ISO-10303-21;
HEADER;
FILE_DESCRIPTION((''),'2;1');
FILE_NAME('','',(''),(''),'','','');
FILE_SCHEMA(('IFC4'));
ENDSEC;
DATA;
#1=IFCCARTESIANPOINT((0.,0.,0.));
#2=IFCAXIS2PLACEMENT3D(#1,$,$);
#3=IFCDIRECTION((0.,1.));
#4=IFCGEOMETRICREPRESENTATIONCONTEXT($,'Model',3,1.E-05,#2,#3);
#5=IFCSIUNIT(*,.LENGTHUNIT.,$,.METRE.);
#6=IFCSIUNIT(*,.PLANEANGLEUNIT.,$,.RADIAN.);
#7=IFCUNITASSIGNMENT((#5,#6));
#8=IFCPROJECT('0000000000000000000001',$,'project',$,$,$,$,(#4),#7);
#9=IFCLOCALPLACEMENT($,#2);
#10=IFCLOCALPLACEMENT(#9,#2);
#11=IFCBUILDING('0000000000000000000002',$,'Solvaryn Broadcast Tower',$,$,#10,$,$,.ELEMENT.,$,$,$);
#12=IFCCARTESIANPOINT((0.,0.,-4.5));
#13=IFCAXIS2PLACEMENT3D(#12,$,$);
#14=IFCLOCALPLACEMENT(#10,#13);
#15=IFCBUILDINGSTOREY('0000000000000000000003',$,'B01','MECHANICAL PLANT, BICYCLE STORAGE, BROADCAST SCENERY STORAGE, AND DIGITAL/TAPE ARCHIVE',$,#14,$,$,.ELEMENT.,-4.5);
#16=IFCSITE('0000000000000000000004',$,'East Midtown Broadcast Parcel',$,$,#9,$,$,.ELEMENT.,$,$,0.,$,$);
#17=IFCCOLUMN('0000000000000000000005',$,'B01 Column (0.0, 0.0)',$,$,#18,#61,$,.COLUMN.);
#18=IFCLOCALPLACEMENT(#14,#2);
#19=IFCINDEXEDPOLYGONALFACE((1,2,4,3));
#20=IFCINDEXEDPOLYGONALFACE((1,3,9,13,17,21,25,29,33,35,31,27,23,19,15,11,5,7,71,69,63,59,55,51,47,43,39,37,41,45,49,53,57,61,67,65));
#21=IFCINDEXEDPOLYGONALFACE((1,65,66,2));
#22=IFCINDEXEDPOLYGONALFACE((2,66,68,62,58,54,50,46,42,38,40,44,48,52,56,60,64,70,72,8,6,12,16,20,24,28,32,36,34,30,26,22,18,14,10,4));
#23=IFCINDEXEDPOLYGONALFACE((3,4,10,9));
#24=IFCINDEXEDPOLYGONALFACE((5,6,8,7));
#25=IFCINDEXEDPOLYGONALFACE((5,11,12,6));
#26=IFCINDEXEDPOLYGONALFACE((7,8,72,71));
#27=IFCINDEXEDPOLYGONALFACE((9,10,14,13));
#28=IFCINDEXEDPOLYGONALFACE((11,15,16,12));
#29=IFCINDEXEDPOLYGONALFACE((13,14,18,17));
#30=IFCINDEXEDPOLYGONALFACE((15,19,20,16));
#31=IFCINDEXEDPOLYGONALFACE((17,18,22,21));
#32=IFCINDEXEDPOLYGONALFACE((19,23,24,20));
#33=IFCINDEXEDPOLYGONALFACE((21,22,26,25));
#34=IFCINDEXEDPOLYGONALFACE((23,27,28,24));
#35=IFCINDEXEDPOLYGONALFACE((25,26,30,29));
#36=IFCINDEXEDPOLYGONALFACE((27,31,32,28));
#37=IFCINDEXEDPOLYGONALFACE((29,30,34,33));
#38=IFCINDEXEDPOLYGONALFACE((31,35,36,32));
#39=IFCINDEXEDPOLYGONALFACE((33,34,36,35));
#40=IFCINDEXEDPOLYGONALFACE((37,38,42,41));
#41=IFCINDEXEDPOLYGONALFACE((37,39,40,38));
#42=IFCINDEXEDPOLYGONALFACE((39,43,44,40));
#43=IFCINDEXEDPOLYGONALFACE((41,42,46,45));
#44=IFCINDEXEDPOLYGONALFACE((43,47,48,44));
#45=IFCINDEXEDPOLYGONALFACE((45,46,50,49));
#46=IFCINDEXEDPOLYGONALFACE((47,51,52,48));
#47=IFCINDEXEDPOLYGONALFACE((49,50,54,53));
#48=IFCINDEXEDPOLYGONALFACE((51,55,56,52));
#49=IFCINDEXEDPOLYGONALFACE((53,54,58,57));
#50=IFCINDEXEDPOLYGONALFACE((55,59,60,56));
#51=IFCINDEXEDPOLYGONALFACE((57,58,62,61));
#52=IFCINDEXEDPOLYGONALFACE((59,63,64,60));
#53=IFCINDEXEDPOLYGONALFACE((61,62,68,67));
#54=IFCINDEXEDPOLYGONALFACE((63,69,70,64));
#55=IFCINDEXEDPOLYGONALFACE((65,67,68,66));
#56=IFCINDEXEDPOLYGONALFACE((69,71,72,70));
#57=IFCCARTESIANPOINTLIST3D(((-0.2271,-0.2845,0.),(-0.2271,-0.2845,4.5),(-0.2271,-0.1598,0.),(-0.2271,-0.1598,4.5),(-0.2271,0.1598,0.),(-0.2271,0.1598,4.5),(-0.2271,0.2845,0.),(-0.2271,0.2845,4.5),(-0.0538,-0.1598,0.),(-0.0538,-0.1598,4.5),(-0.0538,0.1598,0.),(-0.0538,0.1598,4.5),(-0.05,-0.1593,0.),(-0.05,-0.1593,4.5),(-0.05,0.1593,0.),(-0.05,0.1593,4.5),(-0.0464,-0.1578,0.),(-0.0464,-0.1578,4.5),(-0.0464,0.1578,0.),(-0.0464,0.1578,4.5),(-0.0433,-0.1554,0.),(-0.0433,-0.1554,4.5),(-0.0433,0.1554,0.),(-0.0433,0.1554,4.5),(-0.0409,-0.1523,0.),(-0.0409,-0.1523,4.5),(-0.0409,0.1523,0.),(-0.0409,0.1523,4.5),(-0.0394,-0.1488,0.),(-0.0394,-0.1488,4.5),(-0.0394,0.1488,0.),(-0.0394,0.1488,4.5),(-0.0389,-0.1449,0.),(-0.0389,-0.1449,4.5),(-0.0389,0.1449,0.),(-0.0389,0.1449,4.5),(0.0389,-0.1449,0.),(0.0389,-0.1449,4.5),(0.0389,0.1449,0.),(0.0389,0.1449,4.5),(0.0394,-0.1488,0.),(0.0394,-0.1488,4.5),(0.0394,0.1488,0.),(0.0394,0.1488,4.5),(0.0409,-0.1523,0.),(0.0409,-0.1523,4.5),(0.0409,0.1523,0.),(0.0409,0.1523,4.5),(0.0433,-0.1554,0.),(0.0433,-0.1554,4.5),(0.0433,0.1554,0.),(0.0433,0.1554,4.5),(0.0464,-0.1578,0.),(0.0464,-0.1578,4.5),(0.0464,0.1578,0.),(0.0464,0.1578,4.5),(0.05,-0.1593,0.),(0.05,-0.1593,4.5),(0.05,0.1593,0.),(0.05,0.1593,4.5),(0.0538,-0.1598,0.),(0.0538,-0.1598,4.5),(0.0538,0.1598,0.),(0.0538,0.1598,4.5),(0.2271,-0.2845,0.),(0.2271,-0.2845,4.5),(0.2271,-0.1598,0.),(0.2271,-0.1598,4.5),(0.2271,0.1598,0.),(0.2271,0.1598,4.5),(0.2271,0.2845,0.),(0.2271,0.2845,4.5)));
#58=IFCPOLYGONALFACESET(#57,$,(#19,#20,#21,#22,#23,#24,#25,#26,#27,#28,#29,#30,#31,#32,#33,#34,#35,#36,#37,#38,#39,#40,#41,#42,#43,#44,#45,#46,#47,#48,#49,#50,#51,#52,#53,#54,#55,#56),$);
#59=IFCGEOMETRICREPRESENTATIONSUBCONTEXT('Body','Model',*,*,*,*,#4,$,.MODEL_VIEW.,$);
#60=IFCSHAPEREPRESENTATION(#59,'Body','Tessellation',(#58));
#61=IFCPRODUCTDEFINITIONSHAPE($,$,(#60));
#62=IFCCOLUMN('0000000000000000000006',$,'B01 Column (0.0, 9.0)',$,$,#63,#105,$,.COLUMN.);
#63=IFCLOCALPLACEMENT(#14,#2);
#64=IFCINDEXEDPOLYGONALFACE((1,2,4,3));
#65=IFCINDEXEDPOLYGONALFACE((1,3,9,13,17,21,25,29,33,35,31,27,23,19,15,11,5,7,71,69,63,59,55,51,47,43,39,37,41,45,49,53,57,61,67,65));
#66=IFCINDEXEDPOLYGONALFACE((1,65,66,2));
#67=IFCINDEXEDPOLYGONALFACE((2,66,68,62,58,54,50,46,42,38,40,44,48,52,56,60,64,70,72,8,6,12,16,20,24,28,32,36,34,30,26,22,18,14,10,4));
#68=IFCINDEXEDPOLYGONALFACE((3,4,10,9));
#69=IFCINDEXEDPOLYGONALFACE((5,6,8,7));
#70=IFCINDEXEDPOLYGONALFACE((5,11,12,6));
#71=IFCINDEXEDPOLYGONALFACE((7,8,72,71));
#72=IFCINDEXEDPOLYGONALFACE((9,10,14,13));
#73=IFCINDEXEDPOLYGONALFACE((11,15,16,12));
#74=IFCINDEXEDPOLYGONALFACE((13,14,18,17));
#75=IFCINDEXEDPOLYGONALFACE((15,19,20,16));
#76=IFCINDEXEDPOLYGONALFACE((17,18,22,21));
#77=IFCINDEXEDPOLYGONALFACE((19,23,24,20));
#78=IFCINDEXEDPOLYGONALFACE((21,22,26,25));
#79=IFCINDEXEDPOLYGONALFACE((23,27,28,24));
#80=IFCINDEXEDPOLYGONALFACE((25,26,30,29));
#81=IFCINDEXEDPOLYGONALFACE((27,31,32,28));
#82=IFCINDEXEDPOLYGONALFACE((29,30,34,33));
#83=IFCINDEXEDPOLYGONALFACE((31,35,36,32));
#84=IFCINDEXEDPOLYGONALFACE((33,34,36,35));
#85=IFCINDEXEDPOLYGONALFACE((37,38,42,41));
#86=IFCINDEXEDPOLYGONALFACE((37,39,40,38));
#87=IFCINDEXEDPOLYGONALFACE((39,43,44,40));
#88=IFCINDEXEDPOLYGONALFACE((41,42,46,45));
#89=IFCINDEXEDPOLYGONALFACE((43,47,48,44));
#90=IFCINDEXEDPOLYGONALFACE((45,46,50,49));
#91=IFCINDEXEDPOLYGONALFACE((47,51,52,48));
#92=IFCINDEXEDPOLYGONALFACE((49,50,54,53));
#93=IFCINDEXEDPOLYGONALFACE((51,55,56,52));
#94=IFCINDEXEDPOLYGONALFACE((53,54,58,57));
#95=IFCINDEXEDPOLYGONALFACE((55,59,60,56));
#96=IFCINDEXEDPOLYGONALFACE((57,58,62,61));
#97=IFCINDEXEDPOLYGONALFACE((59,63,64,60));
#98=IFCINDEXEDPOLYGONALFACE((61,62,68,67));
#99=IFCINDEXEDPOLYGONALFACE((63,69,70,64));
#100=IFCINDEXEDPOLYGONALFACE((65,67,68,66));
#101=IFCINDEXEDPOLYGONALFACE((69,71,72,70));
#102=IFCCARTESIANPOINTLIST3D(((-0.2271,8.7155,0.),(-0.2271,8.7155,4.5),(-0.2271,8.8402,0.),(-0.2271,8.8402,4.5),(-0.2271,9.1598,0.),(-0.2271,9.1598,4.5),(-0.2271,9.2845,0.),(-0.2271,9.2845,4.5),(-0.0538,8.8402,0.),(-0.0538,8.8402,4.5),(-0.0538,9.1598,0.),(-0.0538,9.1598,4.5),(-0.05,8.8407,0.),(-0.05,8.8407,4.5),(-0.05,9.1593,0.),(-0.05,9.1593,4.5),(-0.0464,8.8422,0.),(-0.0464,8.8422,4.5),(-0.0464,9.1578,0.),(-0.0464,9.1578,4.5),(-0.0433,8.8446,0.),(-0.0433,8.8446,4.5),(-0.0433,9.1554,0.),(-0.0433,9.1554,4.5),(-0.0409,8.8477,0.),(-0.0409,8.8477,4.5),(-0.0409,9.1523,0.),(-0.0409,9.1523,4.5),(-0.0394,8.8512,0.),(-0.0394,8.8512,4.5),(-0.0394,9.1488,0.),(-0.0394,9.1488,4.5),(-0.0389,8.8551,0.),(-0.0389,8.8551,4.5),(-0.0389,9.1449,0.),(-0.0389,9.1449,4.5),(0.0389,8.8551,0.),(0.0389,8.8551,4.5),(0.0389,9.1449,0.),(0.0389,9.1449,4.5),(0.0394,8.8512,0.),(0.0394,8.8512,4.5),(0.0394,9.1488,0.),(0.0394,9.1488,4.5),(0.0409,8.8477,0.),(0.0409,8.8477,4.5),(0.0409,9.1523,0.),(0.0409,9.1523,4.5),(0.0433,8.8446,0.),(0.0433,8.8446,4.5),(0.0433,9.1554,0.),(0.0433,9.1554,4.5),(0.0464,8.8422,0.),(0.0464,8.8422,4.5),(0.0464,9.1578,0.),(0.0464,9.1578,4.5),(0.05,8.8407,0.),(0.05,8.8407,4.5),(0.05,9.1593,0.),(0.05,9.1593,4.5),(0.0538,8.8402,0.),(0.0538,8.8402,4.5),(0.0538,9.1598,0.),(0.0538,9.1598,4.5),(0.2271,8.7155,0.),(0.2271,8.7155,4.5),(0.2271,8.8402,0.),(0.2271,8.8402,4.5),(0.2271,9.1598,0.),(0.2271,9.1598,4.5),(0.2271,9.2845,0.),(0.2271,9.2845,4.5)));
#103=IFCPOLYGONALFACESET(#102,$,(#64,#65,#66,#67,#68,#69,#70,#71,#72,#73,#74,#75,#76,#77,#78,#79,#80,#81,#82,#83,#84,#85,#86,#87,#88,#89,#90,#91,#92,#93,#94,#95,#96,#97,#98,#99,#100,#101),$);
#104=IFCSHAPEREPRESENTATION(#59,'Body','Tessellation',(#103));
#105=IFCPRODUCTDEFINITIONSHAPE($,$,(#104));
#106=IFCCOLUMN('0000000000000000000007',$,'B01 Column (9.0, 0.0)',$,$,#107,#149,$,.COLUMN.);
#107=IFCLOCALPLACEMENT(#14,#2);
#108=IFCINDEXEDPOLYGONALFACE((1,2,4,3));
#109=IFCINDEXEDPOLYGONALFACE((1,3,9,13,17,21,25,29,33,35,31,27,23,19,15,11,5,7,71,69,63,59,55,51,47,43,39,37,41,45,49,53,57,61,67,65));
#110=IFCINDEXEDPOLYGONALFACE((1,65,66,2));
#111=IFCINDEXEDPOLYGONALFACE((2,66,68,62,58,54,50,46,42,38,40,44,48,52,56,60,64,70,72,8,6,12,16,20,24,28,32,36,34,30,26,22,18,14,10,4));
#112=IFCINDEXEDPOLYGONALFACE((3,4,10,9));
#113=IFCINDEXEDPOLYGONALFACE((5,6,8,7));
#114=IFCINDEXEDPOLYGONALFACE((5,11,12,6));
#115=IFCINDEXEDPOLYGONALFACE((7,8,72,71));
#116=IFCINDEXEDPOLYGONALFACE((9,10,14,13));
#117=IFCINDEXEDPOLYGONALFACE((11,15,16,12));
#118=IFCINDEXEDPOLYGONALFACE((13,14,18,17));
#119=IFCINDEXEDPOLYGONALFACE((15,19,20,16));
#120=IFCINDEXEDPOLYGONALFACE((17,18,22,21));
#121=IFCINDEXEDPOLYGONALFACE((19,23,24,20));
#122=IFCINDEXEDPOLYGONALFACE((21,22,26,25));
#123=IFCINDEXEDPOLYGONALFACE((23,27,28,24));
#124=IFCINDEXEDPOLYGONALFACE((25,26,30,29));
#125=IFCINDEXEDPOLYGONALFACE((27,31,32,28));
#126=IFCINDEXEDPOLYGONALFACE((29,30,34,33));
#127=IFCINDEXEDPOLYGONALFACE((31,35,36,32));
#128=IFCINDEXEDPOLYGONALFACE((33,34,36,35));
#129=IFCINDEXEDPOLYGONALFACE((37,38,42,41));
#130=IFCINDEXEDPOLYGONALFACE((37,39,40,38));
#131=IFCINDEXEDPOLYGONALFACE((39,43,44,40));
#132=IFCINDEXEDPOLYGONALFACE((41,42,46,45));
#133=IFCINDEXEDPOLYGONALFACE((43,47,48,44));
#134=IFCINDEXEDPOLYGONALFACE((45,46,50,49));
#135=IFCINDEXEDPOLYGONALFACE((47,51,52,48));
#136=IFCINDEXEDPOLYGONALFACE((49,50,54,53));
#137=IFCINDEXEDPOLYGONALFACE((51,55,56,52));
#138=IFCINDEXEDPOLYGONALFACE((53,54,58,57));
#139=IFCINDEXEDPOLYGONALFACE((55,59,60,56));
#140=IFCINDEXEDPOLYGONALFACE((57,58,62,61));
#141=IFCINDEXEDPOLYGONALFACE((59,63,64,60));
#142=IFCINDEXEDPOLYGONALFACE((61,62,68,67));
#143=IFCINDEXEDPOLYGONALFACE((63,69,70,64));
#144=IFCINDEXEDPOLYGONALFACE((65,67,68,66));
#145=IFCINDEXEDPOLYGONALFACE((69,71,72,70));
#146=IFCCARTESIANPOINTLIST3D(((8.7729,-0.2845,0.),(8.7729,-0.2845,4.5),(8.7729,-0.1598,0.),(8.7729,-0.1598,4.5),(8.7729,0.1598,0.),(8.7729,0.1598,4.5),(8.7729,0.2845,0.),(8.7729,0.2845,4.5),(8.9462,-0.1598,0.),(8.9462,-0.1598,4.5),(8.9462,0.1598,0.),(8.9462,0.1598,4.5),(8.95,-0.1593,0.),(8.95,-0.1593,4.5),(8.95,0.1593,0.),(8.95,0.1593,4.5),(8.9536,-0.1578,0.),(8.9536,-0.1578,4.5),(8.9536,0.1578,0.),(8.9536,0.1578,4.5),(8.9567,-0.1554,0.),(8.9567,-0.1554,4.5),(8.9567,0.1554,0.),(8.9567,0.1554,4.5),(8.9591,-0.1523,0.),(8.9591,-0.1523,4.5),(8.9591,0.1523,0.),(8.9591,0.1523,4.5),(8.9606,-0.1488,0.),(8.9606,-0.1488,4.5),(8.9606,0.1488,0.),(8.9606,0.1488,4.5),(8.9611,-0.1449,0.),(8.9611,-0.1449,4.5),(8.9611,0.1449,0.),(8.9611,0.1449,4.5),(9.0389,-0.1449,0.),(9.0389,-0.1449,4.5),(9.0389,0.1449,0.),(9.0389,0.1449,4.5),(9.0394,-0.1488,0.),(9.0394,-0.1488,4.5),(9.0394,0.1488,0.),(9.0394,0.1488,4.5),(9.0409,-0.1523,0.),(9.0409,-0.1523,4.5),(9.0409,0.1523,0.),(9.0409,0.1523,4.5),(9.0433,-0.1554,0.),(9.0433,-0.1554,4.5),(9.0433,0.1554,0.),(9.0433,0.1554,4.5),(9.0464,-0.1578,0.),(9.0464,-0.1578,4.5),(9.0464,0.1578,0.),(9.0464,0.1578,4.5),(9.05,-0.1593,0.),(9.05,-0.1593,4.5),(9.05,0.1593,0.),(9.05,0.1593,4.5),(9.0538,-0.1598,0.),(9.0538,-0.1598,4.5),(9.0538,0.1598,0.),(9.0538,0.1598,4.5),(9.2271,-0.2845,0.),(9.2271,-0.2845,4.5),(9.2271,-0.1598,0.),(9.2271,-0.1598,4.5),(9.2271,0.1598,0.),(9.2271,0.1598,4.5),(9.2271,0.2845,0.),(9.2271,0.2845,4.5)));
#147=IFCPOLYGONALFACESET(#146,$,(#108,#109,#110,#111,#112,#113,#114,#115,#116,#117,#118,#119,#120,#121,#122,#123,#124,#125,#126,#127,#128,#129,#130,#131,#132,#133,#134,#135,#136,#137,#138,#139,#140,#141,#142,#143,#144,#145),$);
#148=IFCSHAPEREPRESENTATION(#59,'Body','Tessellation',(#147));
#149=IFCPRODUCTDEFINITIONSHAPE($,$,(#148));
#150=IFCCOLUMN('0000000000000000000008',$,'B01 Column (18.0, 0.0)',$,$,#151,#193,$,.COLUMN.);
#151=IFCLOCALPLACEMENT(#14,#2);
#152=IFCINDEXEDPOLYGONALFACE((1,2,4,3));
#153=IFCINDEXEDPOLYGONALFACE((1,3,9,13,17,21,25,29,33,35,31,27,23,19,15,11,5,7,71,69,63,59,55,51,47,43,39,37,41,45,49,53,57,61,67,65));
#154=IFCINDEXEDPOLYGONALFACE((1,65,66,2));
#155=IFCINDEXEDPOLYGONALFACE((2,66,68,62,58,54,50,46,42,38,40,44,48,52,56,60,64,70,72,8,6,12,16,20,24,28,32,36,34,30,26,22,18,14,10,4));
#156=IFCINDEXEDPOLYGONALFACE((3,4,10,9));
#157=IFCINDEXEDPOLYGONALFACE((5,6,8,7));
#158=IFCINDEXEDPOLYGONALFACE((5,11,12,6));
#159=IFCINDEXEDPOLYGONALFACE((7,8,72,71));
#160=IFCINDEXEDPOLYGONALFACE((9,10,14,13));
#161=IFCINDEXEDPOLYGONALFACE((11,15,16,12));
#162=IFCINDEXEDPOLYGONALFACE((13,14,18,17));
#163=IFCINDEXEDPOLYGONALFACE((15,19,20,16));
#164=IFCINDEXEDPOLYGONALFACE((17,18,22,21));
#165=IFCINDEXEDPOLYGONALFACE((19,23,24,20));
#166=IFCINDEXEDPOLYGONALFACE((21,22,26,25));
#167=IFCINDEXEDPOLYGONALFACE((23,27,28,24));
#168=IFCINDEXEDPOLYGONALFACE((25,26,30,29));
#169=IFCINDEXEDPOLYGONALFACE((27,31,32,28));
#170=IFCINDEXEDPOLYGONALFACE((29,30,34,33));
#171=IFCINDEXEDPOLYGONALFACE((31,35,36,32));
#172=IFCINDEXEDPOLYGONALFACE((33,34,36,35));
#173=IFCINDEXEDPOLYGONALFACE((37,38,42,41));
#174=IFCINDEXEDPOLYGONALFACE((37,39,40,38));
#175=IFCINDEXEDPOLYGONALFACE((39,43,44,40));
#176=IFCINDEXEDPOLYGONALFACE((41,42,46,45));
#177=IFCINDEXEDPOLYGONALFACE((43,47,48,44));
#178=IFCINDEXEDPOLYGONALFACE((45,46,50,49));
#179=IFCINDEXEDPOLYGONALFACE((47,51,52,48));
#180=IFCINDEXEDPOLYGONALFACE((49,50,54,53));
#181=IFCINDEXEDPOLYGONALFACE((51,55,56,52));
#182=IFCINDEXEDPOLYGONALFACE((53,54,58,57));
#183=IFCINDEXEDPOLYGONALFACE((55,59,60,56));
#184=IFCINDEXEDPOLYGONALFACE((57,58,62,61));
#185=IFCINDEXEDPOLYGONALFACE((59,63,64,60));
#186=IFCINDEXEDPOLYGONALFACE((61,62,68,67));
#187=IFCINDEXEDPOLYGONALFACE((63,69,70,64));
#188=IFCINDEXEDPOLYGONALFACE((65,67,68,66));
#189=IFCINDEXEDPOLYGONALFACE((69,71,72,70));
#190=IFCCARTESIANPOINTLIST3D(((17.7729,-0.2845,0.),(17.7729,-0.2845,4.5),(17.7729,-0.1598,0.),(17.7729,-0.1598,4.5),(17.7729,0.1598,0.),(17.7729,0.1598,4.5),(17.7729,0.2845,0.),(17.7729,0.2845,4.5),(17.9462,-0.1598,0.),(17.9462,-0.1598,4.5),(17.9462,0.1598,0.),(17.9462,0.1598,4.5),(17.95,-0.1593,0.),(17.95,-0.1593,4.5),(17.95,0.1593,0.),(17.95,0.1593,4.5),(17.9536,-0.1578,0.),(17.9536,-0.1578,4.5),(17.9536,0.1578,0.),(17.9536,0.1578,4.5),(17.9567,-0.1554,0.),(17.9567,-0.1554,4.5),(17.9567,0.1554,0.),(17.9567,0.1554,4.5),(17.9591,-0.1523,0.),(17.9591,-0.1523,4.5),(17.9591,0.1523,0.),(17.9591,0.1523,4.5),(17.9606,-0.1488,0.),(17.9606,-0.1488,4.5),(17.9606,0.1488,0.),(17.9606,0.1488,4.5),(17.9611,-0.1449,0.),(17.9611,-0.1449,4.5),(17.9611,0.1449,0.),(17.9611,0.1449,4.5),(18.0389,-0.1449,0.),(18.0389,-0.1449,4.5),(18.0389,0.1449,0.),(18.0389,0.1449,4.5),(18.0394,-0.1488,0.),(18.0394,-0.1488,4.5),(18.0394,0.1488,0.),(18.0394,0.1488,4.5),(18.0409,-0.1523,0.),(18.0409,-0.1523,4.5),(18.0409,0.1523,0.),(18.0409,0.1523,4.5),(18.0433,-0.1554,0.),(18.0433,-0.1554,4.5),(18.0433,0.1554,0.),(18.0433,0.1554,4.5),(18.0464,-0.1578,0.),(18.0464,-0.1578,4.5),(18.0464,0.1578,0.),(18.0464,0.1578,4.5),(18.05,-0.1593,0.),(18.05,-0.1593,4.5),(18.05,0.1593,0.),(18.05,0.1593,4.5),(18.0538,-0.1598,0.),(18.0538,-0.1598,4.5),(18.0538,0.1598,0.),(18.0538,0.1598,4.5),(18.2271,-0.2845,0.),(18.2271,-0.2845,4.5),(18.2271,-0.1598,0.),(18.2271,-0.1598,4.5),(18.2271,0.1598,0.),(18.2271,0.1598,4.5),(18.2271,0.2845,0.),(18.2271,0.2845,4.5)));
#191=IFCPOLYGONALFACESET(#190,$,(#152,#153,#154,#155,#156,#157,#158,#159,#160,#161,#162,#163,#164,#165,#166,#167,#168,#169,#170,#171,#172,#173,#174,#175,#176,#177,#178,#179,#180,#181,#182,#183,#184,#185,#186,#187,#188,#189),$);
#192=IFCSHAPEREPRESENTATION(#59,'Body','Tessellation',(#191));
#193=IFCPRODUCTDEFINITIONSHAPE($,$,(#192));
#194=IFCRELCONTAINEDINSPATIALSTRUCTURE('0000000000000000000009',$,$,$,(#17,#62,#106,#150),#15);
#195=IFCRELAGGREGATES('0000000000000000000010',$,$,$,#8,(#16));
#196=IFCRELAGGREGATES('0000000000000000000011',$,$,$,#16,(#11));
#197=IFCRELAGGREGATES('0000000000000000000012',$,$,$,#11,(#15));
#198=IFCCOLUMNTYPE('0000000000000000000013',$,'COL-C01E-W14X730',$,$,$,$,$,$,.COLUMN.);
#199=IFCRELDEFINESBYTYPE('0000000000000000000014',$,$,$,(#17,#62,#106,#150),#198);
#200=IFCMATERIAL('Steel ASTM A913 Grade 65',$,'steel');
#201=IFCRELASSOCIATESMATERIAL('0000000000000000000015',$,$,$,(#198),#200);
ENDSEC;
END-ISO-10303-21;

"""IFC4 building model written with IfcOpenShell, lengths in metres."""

from ifc_helpers import new_model, si_unit, direction, frame, origin, origin_2d, place, context, subcontext, project, spatial, i_section, extrude, material, material_profile, profile_set, type_object, element, save


model = new_model("IFC4")

# Units and contexts
model_context = context("Model", 3, precision=1e-05, world=origin(), true_north=direction((0.0, 1.0)))
body_context = subcontext(model_context, "Body", "Model", "MODEL_VIEW")
ifc_project = project(units=[si_unit("LENGTHUNIT", "METRE"), si_unit("PLANEANGLEUNIT", "RADIAN")], contexts=[model_context])

# Site, building, storey
site_placement = place(None, origin())
site = spatial("IfcSite", under=ifc_project, at=site_placement, Name="East Midtown Broadcast Parcel", CompositionType="ELEMENT", RefElevation=0.0)
building_placement = place(site_placement, origin())
building = spatial("IfcBuilding", under=site, at=building_placement, Name="Solvaryn Broadcast Tower", CompositionType="ELEMENT")
storey_placement = place(building_placement, frame((0.0, 0.0, -4.5)))
storey = spatial("IfcBuildingStorey", under=building, at=storey_placement, Name="B01", Description="MECHANICAL PLANT, BICYCLE STORAGE, BROADCAST SCENERY STORAGE, AND DIGITAL/TAPE ARCHIVE", CompositionType="ELEMENT", Elevation=-4.5)

# Columns
ifc_material_1 = material(Name="Steel ASTM A913 Grade 65", Category="steel")
ifc_material_profile_1 = material_profile(ifc_material_1, i_section(OverallWidth=0.4541, OverallDepth=0.5691, WebThickness=0.0779, FlangeThickness=0.1248, FilletRadius=0.0149, at=origin_2d()))
ifc_profile_set_1 = profile_set([ifc_material_profile_1], Name="Steel ASTM A913 Grade 65")
column_type_1 = type_object("IfcColumnType", Name="COL-C01E-W14X730", PredefinedType="COLUMN", material=ifc_profile_set_1)
for number, where, z_axis, x_axis, name in (
    (1, (0.0, 0.0, 0.0), (0.0, 0.0, 1.0), (1.0, 0.0, 0.0), "B01 Column (0.0, 0.0)"),
    (2, (0.0, 9.0, 0.0), (0.0, 0.0, 1.0), (1.0, 0.0, 0.0), "B01 Column (0.0, 9.0)"),
    (3, (9.0, 0.0, 0.0), (0.0, 0.0, 1.0), (1.0, 0.0, 0.0), "B01 Column (9.0, 0.0)"),
    (4, (18.0, 0.0, 0.0), (0.0, 0.0, 1.0), (1.0, 0.0, 0.0), "B01 Column (18.0, 0.0)"),
):
    element("IfcColumn", number, at=place(storey_placement, frame(where, z_axis=z_axis, x_axis=x_axis)), inside=storey, type_object=column_type_1, Name=name, PredefinedType="COLUMN", context=body_context, shape_type="SweptSolid", body=[
        extrude(i_section(OverallWidth=0.4541, OverallDepth=0.5691, WebThickness=0.0779, FlangeThickness=0.1248, FilletRadius=0.0149, at=origin_2d()), origin(), (0.0, 0.0, 1.0), 4.5),
    ])

save(model, "model.ifc")
